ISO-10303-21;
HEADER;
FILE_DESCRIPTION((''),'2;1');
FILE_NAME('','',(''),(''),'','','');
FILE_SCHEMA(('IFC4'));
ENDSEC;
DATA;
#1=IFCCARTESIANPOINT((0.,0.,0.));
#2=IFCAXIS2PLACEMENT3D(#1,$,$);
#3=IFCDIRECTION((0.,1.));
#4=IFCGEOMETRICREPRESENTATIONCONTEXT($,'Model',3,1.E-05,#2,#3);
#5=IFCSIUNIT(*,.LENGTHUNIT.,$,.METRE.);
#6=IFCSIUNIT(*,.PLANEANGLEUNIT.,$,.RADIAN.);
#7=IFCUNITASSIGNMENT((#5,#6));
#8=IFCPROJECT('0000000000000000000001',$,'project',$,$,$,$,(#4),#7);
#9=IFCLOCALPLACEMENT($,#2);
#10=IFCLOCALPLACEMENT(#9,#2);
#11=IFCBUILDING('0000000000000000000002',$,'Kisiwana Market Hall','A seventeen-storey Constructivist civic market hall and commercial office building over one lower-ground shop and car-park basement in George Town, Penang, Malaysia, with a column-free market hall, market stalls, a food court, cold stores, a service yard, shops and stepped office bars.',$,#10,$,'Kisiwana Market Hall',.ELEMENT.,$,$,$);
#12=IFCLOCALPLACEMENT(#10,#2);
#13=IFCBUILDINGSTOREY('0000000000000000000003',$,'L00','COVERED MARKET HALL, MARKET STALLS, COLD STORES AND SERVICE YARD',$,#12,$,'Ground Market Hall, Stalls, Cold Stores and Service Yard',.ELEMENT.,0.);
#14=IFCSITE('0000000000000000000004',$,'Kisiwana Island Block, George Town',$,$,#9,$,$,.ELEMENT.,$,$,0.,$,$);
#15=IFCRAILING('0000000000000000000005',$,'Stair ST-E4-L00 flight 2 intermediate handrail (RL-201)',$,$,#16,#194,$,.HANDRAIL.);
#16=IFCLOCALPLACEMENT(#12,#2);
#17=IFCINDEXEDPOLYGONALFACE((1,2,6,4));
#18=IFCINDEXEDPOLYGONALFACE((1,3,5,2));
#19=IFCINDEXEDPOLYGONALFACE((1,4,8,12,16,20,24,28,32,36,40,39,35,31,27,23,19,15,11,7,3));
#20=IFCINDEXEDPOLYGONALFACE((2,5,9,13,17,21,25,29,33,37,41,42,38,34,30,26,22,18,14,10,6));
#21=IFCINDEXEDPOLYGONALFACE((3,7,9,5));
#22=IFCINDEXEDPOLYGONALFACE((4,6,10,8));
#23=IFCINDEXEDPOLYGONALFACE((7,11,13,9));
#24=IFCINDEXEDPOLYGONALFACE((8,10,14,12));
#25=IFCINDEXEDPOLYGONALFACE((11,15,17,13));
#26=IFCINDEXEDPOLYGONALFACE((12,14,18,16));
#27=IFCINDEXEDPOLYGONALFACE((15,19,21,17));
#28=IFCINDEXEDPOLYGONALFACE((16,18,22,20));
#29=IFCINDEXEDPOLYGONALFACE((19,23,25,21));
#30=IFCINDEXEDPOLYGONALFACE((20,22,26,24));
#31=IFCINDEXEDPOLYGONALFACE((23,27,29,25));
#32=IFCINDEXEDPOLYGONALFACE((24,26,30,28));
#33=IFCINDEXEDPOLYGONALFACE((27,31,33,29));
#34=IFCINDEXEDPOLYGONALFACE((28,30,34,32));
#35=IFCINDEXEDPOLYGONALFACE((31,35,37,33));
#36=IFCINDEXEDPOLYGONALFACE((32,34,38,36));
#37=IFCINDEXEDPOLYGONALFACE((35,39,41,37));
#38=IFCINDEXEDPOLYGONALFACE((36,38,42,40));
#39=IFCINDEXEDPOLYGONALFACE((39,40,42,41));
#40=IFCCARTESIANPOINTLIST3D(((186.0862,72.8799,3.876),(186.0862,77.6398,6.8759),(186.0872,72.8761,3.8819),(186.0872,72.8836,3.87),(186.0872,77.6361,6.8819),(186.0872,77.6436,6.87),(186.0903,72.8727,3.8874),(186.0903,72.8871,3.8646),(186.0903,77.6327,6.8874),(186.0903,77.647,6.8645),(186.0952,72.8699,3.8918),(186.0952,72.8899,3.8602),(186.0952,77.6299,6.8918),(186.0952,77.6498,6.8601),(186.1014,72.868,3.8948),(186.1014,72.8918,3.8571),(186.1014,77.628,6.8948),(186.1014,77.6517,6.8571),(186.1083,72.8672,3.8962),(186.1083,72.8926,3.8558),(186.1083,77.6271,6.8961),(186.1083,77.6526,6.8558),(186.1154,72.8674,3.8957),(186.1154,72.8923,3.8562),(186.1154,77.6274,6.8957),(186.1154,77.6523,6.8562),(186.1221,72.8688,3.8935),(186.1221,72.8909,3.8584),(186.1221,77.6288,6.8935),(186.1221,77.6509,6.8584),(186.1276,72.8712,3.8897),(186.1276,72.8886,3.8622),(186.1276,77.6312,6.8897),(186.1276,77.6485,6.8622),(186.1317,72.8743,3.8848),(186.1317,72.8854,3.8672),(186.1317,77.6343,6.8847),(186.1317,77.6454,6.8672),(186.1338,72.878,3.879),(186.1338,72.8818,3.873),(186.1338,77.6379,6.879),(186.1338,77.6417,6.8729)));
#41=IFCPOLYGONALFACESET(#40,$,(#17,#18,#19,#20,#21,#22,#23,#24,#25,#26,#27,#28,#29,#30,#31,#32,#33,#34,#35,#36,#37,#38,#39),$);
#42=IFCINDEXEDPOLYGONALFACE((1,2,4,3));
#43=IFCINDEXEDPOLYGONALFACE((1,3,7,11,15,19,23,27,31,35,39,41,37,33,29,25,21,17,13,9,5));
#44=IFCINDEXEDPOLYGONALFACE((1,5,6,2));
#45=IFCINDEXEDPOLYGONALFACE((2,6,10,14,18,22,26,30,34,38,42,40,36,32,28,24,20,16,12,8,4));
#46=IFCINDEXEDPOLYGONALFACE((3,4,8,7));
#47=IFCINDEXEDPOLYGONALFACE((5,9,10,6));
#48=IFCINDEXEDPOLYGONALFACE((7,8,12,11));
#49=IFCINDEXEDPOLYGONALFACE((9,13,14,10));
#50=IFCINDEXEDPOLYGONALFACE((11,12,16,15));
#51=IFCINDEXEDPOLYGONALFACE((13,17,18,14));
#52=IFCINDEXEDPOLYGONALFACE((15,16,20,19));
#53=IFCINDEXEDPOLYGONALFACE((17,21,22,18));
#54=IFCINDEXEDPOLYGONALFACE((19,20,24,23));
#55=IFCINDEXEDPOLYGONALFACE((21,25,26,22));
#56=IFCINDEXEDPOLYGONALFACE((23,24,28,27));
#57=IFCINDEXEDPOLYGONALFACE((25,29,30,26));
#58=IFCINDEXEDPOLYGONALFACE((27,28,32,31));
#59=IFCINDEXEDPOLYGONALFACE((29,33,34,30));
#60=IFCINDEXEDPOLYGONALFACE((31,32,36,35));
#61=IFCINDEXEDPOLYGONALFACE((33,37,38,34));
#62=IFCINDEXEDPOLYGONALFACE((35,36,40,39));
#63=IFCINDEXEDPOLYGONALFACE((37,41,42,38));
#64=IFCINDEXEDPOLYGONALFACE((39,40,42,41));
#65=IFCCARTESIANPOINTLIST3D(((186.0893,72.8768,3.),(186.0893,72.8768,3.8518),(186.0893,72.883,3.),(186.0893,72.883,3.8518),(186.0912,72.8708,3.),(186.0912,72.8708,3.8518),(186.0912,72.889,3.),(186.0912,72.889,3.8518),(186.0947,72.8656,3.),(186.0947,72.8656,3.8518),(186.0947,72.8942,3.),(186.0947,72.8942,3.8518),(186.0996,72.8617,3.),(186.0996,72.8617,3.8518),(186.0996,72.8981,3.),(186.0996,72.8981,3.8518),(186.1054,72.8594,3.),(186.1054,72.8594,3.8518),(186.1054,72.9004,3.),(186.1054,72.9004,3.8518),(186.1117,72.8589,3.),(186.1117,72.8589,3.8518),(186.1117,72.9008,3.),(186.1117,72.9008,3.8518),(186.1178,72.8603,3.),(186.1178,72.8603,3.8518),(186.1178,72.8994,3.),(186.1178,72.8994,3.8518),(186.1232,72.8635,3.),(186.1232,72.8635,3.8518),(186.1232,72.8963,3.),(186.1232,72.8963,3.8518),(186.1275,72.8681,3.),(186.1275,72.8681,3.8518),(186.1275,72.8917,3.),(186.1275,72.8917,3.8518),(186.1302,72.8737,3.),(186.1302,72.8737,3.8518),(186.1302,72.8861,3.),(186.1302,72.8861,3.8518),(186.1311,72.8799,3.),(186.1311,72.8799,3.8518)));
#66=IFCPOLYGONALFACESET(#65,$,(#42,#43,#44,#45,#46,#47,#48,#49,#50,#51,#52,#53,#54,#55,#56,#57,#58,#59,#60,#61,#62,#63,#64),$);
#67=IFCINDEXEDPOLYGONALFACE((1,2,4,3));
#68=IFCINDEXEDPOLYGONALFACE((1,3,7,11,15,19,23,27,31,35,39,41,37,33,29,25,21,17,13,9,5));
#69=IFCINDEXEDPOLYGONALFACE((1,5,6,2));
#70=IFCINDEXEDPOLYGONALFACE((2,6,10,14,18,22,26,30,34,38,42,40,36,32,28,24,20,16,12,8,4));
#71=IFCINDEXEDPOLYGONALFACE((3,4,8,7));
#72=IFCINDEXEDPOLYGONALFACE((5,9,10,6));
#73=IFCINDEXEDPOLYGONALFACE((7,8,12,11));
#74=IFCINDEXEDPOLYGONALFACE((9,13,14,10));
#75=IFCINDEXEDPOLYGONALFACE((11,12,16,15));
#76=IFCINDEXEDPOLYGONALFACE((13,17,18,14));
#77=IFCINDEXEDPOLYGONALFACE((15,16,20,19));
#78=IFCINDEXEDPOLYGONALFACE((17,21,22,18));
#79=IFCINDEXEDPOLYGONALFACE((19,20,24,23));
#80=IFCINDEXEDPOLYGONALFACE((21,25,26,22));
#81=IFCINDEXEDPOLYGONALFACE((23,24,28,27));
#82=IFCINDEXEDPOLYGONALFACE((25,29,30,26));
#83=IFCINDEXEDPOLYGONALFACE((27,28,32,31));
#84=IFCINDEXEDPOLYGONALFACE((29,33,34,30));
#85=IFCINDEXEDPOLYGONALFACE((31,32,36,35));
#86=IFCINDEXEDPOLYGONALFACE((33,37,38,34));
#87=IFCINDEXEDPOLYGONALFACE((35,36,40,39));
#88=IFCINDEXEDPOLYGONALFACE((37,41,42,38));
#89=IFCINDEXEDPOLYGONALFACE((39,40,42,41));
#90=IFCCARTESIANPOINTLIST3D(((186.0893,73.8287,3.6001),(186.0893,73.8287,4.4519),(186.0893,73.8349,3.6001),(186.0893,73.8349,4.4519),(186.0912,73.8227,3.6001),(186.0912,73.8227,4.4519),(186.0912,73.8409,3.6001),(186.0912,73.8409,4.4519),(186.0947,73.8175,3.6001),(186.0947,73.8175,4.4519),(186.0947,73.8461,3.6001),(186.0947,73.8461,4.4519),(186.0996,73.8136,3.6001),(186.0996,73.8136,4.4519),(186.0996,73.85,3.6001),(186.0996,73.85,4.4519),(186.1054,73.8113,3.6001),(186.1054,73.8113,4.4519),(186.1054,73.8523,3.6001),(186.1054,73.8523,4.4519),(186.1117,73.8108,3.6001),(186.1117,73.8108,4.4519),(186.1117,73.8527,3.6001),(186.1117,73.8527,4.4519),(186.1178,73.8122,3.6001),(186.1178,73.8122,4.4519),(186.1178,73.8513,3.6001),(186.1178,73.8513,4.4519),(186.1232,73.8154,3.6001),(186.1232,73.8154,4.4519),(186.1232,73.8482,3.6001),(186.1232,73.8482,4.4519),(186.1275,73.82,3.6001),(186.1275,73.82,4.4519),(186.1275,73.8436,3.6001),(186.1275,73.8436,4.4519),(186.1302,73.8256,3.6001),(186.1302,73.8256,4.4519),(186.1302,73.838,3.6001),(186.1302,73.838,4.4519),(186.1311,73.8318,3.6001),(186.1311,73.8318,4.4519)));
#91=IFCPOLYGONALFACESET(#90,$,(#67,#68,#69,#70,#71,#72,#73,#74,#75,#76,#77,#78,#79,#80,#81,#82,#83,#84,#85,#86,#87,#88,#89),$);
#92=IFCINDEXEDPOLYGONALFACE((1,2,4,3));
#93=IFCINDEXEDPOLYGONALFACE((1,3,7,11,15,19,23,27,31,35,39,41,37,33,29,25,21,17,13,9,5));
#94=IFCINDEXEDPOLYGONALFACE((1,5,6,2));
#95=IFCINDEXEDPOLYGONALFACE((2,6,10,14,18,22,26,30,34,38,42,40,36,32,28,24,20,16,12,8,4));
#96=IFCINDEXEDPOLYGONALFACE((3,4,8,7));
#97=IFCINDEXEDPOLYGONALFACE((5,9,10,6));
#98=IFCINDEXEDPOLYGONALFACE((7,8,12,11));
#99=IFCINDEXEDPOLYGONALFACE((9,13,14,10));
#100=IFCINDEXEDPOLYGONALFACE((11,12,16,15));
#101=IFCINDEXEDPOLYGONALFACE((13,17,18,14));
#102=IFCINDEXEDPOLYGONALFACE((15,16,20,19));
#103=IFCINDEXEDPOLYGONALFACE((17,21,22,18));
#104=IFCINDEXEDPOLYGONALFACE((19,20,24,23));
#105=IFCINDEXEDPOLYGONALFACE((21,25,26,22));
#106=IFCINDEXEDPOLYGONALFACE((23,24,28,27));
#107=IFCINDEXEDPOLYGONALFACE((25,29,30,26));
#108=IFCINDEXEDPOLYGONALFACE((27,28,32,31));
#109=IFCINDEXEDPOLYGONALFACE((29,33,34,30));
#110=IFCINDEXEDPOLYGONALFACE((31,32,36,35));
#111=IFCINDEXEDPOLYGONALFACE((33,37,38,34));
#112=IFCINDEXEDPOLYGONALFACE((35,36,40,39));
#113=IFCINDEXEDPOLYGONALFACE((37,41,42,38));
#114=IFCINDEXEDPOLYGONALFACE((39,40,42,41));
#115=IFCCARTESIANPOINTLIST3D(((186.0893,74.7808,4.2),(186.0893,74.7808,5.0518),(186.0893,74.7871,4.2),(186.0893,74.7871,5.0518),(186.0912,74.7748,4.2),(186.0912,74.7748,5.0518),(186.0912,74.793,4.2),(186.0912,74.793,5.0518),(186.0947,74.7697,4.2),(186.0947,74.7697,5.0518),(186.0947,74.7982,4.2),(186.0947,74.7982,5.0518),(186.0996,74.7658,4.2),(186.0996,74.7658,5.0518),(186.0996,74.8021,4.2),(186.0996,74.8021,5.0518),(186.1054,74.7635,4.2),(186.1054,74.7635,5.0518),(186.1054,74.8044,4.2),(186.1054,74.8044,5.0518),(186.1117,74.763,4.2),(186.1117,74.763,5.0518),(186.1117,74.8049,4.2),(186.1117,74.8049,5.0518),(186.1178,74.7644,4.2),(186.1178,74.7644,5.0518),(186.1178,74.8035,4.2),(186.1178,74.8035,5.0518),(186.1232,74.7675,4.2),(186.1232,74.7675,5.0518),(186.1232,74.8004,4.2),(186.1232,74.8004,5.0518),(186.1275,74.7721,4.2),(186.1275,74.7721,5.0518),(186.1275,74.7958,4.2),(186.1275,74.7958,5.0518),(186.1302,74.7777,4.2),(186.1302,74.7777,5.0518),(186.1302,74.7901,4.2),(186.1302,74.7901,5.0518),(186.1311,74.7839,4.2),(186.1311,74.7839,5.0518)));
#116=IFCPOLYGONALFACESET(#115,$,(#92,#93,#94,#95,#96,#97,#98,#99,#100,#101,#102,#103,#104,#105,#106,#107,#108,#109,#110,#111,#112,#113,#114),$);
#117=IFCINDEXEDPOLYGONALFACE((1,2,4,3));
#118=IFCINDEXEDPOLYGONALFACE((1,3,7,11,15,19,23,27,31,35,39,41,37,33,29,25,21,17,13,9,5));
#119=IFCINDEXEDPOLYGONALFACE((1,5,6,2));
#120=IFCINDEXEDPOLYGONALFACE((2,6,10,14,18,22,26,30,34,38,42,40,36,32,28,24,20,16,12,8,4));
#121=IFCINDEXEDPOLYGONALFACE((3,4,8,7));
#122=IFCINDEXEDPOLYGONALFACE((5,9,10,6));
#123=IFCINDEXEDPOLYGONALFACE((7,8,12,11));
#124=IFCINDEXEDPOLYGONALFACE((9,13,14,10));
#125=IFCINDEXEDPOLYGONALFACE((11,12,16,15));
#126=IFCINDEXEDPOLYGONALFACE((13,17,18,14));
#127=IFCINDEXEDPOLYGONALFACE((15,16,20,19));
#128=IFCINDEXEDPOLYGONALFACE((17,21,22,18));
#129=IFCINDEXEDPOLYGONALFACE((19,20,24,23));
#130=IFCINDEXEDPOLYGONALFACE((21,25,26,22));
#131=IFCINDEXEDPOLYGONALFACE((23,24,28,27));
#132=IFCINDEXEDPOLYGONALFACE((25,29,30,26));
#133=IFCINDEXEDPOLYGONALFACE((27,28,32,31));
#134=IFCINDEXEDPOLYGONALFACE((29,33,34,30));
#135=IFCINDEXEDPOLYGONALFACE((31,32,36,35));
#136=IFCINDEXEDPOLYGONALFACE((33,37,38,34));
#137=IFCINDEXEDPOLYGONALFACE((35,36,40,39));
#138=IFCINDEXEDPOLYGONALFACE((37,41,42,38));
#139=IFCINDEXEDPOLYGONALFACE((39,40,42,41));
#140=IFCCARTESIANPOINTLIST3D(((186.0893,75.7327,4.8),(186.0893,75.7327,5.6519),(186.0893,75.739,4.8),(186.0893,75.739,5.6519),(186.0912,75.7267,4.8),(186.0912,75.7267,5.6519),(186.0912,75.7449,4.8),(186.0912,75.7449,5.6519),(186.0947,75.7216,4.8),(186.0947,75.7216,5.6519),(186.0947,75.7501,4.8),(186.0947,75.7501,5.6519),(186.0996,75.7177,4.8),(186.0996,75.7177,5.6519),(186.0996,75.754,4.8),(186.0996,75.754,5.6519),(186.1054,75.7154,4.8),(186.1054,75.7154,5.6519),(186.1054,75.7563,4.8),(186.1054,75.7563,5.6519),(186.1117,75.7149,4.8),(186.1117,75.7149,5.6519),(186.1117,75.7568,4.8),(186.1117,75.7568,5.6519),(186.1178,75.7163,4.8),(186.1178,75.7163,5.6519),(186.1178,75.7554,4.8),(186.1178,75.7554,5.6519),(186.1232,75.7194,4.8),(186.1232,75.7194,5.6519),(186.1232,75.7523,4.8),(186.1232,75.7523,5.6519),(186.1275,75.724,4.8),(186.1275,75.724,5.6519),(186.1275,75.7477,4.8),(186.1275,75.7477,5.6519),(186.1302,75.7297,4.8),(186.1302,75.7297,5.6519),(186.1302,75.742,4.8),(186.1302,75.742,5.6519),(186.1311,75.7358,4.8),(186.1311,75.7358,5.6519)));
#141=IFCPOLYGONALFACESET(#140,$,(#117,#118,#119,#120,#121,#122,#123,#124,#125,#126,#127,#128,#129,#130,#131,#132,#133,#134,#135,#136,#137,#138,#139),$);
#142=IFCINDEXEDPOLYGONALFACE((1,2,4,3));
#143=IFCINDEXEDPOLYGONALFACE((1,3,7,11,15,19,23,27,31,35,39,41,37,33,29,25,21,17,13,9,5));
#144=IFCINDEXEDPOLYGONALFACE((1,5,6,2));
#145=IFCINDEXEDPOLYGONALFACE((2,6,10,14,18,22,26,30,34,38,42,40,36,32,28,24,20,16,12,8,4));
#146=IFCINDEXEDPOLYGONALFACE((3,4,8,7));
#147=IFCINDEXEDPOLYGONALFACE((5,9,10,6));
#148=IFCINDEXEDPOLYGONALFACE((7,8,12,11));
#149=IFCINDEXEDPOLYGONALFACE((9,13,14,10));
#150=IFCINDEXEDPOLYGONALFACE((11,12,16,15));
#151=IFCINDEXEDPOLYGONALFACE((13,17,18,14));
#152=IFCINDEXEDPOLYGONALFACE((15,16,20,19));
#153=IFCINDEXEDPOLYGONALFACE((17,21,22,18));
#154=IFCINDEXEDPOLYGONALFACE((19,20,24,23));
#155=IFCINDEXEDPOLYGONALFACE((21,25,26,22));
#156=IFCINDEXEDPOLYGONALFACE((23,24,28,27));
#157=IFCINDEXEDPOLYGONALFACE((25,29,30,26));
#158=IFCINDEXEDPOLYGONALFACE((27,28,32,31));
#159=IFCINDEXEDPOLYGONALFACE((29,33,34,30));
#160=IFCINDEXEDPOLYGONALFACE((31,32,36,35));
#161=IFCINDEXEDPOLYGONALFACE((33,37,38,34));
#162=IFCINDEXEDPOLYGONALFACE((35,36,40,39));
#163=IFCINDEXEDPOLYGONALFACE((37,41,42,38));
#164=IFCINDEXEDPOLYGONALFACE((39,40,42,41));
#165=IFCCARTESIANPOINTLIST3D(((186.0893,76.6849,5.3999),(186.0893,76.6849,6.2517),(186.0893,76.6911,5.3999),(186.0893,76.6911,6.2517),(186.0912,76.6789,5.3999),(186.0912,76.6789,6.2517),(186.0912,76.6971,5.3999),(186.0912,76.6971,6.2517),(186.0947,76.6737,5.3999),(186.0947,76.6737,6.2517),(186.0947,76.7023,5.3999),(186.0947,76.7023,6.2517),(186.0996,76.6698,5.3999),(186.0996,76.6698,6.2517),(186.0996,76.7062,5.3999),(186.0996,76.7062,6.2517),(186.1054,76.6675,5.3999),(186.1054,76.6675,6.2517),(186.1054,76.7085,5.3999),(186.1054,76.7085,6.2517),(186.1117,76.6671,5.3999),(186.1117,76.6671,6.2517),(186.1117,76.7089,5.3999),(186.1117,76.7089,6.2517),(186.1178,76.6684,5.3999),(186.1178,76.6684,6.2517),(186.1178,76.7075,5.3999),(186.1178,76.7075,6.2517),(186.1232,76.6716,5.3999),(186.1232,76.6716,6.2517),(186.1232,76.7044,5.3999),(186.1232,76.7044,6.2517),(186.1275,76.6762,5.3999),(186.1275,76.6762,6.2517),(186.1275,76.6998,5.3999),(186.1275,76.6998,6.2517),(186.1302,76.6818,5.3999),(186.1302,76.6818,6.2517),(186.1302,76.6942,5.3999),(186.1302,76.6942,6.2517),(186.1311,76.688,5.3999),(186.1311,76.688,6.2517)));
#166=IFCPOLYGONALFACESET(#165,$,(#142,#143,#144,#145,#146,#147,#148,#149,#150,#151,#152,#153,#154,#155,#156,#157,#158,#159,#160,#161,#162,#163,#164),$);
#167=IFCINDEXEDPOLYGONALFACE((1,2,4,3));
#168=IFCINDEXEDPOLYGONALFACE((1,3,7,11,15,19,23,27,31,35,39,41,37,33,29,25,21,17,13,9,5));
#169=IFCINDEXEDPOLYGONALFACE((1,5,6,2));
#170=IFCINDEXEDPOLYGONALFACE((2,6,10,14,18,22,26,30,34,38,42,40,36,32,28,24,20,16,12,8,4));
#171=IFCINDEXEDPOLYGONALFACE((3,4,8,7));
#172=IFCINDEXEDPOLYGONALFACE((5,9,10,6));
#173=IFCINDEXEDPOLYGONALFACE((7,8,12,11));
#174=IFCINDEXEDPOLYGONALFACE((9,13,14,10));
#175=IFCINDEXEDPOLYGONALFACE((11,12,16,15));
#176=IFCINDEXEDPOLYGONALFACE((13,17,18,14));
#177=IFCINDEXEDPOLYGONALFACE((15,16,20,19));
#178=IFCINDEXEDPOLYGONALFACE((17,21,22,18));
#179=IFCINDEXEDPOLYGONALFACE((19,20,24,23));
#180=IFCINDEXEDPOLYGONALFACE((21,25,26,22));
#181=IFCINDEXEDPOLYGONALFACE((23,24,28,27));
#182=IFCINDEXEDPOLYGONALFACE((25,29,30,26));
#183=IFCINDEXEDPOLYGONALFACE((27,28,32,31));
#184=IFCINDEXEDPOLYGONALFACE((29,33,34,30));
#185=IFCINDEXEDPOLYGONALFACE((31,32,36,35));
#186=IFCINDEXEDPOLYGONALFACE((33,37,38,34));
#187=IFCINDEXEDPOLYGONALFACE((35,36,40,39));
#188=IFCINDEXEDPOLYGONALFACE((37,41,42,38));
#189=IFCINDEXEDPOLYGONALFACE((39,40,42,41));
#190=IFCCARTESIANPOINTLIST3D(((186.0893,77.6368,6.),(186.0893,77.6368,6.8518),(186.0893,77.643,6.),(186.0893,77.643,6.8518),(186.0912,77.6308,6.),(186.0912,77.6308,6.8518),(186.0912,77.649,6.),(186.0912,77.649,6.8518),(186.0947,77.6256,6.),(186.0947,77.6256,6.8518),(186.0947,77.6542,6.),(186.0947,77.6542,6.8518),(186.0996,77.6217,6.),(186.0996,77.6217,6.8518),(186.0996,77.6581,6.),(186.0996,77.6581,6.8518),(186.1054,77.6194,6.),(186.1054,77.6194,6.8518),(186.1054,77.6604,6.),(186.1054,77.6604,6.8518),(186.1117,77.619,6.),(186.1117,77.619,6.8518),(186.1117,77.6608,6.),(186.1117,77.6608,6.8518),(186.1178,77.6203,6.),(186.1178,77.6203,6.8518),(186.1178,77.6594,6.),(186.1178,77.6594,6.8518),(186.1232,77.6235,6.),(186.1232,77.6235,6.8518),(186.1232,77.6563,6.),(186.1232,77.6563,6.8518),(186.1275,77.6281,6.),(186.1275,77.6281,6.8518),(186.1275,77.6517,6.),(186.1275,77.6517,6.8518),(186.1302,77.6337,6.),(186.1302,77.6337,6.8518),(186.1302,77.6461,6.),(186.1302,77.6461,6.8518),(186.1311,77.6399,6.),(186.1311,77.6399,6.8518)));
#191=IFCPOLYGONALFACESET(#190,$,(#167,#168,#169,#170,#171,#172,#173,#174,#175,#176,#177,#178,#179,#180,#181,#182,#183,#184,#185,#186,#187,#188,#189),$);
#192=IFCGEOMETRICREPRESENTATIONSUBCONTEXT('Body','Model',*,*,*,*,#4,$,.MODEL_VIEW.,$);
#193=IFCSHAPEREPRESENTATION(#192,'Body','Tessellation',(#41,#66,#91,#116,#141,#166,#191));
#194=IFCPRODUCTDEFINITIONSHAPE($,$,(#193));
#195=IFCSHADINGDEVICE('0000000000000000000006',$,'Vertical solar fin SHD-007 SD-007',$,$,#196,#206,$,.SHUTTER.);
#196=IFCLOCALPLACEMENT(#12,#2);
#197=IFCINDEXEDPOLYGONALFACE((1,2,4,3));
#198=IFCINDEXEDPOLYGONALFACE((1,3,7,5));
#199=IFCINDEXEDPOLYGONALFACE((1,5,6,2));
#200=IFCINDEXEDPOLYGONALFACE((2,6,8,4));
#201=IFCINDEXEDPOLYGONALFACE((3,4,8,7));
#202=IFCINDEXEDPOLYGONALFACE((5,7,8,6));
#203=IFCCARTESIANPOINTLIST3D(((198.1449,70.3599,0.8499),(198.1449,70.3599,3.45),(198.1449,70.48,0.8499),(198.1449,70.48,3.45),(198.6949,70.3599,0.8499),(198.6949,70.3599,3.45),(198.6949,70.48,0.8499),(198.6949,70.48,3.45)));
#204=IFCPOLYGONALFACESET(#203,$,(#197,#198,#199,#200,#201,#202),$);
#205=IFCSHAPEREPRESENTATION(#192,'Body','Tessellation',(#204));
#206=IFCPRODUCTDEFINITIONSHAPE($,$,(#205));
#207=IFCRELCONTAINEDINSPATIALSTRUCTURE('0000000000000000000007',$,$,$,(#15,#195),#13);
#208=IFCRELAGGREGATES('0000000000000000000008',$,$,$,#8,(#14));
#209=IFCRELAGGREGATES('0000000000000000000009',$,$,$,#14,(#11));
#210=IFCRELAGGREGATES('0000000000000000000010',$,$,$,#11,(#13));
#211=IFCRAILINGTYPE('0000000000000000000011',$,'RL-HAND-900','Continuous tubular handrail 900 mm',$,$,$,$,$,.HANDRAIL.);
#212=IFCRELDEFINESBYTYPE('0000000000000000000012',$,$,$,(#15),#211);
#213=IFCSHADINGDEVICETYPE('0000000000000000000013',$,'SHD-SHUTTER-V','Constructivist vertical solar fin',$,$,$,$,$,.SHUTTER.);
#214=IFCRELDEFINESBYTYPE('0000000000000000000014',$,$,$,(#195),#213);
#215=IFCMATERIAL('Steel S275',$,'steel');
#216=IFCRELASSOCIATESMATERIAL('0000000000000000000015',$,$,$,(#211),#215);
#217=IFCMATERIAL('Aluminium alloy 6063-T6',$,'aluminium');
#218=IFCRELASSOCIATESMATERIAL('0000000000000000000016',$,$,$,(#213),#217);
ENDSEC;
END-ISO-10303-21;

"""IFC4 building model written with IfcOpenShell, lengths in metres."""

from ifc_helpers import new_model, si_unit, direction, frame, origin, origin_2d, place, context, subcontext, project, spatial, rectangle, circle, extrude, material, type_object, element, save


model = new_model("IFC4")

# Units and contexts
model_context = context("Model", 3, precision=1e-05, world=origin(), true_north=direction((0.0, 1.0)))
body_context = subcontext(model_context, "Body", "Model", "MODEL_VIEW")
ifc_project = project(units=[si_unit("LENGTHUNIT", "METRE"), si_unit("PLANEANGLEUNIT", "RADIAN")], contexts=[model_context])

# Site, building, storey
site_placement = place(None, origin())
site = spatial("IfcSite", under=ifc_project, at=site_placement, Name="Kisiwana Island Block, George Town", CompositionType="ELEMENT", RefElevation=0.0)
building_placement = place(site_placement, origin())
building = spatial("IfcBuilding", under=site, at=building_placement, Name="Kisiwana Market Hall", Description="A seventeen-storey Constructivist civic market hall and commercial office building over one lower-ground shop and car-park basement in George Town, Penang, Malaysia, with a column-free market hall, market stalls, a food court, cold stores, a service yard, shops and stepped office bars.", LongName="Kisiwana Market Hall", CompositionType="ELEMENT")
storey_placement = place(building_placement, origin())
storey = spatial("IfcBuildingStorey", under=building, at=storey_placement, Name="L00", Description="COVERED MARKET HALL, MARKET STALLS, COLD STORES AND SERVICE YARD", LongName="Ground Market Hall, Stalls, Cold Stores and Service Yard", CompositionType="ELEMENT", Elevation=0.0)

# Railing
ifc_material_1 = material(Name="Steel S275", Category="steel")
railing_type = type_object("IfcRailingType", Name="RL-HAND-900", Description="Continuous tubular handrail 900 mm", PredefinedType="HANDRAIL", material=ifc_material_1)
for number, where, name in (
    (1, (186.1101, 72.8799, 3.0), "Stair ST-E4-L00 flight 2 intermediate handrail (RL-201)"),
):
    element("IfcRailing", number, at=place(storey_placement, frame(where)), inside=storey, type_object=railing_type, Name=name, PredefinedType="HANDRAIL", context=body_context, shape_type="SweptSolid", body=[
        extrude(circle(Radius=0.0239, at=origin_2d()), frame((0.0, 0.0, 0.876), z_axis=(0.0, 0.845996, 0.53319), x_axis=(-1.0, 0.0, 0.0)), (0.0, 0.0, 1.0), 5.6265),
        extrude(circle(Radius=0.021, at=origin_2d()), origin(), (0.0, 0.0, 1.0), 0.8518),
        extrude(circle(Radius=0.021, at=origin_2d()), frame((0.0, 0.9519, 0.6001)), (0.0, 0.0, 1.0), 0.8518),
        extrude(circle(Radius=0.021, at=origin_2d()), frame((0.0, 1.9041, 1.2)), (0.0, 0.0, 1.0), 0.8518),
        extrude(circle(Radius=0.021, at=origin_2d()), frame((0.0, 2.856, 1.8)), (0.0, 0.0, 1.0), 0.8518),
        extrude(circle(Radius=0.021, at=origin_2d()), frame((0.0, 3.8081, 2.3999)), (0.0, 0.0, 1.0), 0.8518),
        extrude(circle(Radius=0.021, at=origin_2d()), frame((0.0, 4.76, 3.0)), (0.0, 0.0, 1.0), 0.8518),
    ])

# Shading device
ifc_material_2 = material(Name="Aluminium alloy 6063-T6", Category="aluminium")
shading_device_type = type_object("IfcShadingDeviceType", Name="SHD-SHUTTER-V", Description="Constructivist vertical solar fin", PredefinedType="SHUTTER", material=ifc_material_2)
shading_device_placement = place(storey_placement, frame((198.4199, 70.4199, 0.8499), z_axis=(0.0, 0.0, 1.0), x_axis=(0.0, 1.0, 0.0)))
element("IfcShadingDevice", 2, at=shading_device_placement, inside=storey, type_object=shading_device_type, Name="Vertical solar fin SHD-007 SD-007", PredefinedType="SHUTTER", context=body_context, shape_type="SweptSolid", body=[
    extrude(rectangle(XDim=0.1201, YDim=0.55, at=origin_2d()), origin(), (0.0, 0.0, 1.0), 2.6001),
])

save(model, "model.ifc")
